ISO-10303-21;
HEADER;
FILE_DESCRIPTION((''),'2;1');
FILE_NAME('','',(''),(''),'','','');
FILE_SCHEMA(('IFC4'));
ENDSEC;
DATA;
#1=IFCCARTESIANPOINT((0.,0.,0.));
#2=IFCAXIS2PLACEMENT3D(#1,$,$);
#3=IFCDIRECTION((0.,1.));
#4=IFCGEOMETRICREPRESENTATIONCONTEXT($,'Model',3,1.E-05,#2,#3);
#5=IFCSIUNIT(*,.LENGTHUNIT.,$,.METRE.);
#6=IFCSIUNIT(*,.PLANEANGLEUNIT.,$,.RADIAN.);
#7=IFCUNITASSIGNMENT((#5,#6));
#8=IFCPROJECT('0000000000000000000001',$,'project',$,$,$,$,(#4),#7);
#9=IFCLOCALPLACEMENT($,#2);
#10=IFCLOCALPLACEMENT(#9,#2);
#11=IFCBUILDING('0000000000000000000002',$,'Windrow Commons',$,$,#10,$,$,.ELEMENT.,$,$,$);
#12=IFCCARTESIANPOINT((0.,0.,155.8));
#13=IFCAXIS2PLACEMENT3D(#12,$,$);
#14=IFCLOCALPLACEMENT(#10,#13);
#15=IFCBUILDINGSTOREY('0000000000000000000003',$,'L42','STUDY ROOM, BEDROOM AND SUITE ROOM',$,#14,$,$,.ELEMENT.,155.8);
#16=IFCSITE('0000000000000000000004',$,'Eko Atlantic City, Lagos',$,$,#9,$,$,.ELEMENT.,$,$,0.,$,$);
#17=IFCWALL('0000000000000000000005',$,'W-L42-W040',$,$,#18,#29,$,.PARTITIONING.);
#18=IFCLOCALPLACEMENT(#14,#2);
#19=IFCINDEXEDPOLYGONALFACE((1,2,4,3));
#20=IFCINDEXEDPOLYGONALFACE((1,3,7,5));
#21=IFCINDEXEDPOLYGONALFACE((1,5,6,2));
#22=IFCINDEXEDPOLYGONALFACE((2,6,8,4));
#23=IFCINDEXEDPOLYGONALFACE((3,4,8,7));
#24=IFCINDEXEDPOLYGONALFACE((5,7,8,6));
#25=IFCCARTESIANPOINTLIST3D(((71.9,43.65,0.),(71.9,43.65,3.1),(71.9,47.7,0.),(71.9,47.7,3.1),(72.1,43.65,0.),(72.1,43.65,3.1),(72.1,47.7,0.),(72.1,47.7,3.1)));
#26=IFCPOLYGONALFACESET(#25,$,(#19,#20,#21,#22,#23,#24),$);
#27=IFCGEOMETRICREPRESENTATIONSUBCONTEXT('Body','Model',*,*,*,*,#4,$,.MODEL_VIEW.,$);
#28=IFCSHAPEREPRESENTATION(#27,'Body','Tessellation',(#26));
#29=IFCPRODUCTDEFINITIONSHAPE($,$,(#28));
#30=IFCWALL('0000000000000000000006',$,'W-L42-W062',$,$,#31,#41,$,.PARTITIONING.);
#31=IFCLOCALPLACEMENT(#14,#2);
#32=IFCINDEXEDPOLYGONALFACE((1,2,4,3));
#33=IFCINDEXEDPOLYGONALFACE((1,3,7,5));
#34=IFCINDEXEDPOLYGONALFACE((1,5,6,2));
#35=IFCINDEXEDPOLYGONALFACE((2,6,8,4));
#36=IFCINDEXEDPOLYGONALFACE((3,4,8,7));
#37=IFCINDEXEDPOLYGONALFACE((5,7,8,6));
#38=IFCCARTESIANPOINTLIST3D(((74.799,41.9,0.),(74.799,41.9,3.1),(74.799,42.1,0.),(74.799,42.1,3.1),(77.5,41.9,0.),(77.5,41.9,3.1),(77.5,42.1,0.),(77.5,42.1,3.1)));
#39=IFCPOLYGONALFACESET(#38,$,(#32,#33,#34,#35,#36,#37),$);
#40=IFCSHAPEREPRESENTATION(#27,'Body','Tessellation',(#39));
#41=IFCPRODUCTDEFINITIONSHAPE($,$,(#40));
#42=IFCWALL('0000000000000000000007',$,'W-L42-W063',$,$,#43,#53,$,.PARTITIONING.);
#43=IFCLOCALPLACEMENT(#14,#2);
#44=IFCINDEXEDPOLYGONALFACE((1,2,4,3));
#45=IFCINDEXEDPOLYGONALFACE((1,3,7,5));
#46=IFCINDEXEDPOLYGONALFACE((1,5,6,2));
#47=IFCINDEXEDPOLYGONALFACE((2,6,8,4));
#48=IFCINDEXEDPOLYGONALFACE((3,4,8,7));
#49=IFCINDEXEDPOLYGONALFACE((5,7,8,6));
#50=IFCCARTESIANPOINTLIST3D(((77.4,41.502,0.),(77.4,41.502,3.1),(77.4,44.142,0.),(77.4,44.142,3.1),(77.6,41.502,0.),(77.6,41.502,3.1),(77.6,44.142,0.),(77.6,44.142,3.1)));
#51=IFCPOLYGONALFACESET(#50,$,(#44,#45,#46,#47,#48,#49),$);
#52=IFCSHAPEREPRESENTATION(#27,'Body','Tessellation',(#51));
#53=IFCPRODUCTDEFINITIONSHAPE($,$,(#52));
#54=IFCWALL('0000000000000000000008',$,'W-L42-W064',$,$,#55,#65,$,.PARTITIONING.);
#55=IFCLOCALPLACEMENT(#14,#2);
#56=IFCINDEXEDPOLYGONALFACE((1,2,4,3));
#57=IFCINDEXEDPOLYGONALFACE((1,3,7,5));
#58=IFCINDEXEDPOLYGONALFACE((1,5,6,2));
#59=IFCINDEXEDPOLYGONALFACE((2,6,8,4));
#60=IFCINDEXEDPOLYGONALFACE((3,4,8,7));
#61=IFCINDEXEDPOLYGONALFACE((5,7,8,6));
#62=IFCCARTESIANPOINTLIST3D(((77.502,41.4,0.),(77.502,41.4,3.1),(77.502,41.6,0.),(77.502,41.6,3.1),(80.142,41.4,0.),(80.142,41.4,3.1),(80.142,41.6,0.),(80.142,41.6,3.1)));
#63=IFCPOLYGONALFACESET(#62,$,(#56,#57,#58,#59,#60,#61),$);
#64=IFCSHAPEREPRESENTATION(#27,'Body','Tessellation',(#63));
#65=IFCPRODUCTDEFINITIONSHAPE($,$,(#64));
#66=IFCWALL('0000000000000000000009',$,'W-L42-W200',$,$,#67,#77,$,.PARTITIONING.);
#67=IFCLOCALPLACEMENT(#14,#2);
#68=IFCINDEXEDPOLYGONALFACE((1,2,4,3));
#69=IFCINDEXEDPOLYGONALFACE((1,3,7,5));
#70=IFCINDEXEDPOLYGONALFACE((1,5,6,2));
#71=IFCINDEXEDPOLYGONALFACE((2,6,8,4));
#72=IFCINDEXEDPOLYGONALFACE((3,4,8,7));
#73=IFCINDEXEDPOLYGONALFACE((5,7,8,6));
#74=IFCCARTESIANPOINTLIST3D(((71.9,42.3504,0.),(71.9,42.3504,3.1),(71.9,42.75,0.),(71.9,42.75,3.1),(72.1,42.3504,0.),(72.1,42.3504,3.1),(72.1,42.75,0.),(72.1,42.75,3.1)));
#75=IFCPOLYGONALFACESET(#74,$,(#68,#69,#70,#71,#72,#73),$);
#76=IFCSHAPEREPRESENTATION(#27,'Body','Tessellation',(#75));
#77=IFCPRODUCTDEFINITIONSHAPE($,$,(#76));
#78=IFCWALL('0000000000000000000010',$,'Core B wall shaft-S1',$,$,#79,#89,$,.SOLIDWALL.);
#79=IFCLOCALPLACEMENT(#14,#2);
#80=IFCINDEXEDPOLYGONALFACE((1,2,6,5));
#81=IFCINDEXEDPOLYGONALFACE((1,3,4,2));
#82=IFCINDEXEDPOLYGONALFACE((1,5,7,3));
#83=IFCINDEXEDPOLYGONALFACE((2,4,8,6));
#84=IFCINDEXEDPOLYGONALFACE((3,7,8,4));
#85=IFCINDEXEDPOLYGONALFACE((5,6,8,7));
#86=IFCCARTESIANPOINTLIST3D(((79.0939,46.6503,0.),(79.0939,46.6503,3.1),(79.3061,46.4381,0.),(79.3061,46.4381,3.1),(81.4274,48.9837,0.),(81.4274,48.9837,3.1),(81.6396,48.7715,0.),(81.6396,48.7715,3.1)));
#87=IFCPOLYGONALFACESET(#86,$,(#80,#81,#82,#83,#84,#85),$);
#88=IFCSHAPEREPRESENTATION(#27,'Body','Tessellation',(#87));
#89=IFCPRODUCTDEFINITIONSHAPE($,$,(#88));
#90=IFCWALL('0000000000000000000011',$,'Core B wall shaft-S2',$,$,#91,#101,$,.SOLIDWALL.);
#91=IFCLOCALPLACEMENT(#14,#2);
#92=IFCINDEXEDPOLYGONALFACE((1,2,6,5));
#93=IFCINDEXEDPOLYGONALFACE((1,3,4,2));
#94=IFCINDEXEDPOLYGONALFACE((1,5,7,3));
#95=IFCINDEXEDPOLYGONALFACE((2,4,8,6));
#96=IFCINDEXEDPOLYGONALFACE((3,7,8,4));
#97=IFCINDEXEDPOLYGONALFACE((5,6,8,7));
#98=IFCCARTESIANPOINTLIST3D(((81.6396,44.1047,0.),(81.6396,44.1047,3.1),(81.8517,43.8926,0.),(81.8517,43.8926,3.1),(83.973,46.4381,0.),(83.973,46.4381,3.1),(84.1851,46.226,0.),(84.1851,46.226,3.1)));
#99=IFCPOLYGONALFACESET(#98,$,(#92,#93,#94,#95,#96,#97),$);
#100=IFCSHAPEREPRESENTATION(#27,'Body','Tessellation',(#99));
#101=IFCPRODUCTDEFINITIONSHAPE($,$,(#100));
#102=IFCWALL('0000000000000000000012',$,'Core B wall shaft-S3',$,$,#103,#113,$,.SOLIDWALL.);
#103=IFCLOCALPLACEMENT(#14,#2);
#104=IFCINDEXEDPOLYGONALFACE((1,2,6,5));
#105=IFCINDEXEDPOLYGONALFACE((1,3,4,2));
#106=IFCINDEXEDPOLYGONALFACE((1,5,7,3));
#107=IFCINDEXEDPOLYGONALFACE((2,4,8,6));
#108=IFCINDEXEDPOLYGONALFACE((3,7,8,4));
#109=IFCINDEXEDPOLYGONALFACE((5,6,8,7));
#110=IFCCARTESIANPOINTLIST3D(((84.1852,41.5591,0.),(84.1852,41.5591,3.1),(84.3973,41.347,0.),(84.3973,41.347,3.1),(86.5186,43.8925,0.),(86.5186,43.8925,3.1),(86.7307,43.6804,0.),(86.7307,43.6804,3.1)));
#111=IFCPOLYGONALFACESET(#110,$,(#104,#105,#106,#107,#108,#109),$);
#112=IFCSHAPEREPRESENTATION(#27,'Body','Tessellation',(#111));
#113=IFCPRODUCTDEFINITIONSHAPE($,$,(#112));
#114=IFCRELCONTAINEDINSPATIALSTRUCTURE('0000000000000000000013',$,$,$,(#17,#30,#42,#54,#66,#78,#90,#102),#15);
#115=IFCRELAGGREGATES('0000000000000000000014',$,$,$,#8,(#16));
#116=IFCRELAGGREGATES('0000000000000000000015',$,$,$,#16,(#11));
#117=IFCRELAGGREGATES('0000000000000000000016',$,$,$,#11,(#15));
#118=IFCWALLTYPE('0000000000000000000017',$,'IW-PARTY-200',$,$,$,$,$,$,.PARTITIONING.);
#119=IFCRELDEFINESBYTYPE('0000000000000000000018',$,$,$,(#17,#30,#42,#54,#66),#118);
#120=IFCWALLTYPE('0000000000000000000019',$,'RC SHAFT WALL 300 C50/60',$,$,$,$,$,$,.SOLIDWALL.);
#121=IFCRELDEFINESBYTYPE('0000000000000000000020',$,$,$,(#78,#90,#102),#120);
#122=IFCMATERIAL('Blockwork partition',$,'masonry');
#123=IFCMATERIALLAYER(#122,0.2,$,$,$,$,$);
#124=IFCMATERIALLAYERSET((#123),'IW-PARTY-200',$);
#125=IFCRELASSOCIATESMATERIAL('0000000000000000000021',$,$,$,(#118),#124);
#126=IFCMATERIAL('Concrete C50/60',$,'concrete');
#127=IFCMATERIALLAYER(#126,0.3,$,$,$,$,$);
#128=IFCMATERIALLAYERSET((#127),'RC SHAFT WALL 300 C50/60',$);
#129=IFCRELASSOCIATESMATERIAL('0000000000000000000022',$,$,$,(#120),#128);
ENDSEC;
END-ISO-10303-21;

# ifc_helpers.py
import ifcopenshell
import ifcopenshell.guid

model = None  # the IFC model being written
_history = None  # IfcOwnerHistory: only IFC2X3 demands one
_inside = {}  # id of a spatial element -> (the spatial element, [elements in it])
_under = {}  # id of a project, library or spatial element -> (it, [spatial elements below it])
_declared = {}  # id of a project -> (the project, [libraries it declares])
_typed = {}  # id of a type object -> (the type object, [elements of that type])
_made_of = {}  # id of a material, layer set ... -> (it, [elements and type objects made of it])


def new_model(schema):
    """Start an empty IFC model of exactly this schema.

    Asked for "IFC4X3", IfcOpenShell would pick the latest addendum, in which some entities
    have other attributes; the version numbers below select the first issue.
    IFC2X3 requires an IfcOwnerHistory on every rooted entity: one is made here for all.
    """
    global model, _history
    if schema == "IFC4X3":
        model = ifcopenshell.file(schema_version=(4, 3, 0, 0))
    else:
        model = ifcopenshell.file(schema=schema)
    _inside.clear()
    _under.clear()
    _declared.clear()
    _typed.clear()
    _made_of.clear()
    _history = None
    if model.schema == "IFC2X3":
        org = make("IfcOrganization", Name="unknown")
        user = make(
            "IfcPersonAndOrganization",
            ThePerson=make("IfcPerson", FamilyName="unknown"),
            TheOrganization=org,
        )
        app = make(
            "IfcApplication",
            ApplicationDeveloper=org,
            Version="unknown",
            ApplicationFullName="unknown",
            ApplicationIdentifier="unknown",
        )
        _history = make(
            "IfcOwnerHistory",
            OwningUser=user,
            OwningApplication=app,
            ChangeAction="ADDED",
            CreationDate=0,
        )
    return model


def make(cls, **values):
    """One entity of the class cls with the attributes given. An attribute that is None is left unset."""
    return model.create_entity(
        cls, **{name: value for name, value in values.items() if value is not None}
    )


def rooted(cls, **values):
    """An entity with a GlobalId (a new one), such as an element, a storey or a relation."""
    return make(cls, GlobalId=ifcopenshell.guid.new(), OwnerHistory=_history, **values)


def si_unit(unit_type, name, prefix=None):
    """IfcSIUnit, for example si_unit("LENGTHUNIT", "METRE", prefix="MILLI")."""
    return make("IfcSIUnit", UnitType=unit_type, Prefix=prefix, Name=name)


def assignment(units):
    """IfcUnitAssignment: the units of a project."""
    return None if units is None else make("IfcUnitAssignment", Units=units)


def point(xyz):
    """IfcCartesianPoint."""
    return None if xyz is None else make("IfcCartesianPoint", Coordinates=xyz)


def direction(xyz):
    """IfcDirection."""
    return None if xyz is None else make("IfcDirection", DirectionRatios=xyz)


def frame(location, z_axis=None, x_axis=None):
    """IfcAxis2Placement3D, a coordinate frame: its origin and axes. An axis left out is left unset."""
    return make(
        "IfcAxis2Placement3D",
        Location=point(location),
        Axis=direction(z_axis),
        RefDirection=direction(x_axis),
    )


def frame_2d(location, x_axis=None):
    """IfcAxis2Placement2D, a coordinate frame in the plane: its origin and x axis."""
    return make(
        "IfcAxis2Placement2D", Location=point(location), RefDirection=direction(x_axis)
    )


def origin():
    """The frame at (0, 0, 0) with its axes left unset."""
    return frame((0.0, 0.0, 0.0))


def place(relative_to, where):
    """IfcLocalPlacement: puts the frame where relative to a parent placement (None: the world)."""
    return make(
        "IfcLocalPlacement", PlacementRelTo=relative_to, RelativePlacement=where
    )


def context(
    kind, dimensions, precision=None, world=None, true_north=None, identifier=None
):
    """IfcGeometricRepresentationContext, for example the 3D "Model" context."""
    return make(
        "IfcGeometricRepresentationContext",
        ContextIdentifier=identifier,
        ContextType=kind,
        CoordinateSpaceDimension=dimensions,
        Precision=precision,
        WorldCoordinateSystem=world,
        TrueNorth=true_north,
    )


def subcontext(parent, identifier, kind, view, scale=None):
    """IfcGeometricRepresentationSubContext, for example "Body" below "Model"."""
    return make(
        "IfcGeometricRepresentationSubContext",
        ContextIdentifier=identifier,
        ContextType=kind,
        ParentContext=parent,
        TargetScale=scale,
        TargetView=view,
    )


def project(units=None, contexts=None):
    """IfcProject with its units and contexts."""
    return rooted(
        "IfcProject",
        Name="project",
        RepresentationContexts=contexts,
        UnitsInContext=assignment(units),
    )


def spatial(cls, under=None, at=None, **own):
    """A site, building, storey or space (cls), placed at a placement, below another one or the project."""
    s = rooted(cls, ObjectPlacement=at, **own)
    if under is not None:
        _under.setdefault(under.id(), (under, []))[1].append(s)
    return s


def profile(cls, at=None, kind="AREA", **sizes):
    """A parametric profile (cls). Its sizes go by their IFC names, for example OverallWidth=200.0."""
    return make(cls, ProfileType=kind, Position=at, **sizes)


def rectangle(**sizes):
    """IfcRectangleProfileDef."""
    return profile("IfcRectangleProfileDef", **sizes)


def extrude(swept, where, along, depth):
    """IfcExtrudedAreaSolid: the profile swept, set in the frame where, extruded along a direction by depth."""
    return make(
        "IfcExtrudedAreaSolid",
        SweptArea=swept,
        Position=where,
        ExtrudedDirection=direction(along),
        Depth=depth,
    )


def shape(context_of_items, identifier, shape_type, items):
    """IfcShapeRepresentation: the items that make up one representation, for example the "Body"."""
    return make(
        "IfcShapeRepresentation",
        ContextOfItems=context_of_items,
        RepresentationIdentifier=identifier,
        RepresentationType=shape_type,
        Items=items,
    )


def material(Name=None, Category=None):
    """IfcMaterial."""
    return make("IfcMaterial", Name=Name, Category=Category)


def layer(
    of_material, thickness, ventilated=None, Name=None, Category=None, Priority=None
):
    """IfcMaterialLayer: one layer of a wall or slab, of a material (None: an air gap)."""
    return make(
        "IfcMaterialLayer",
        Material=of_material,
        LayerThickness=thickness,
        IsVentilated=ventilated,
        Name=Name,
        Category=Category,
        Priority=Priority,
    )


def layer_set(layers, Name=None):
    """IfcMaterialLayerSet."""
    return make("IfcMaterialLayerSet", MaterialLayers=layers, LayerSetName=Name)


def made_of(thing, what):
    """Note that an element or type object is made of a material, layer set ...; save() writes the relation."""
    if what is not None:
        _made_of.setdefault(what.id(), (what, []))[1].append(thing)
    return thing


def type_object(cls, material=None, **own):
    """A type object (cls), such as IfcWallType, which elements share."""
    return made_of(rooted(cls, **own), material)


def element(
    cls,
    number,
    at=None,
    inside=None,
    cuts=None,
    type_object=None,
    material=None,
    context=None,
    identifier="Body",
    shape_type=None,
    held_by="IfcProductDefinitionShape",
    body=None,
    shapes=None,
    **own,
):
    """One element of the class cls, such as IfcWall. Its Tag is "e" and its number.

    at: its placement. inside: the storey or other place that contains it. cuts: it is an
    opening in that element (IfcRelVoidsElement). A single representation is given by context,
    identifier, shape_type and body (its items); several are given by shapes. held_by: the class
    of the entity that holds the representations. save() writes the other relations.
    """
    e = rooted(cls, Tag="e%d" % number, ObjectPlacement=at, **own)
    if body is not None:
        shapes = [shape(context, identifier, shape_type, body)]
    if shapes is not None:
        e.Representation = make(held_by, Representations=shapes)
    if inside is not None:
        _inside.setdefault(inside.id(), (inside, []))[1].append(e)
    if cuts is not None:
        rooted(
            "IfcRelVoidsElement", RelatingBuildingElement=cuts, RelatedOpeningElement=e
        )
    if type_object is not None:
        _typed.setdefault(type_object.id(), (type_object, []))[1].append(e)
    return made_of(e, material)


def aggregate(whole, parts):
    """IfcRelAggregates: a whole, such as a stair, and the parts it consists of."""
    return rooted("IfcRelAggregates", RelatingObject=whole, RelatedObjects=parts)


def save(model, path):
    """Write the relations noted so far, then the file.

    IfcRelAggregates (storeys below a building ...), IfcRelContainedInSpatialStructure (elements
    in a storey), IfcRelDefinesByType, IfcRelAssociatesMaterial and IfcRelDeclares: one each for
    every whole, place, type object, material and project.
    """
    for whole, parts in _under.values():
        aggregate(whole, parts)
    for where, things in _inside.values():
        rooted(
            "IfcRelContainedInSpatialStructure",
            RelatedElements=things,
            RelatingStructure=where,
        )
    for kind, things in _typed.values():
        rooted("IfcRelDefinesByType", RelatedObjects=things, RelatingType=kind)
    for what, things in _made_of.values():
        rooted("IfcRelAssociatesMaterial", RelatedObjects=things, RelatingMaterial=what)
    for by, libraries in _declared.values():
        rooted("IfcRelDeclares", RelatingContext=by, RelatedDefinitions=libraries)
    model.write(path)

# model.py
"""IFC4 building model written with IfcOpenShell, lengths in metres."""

from ifc_helpers import new_model, si_unit, direction, frame, frame_2d, origin, place, context, subcontext, project, spatial, rectangle, extrude, material, layer, layer_set, type_object, element, save


model = new_model("IFC4")

# Units and contexts
model_context = context("Model", 3, precision=1e-05, world=origin(), true_north=direction((0.0, 1.0)))
body_context = subcontext(model_context, "Body", "Model", "MODEL_VIEW")
ifc_project = project(units=[si_unit("LENGTHUNIT", "METRE"), si_unit("PLANEANGLEUNIT", "RADIAN")], contexts=[model_context])

# Site, building, storey
site_placement = place(None, origin())
site = spatial("IfcSite", under=ifc_project, at=site_placement, Name="Eko Atlantic City, Lagos", CompositionType="ELEMENT", RefElevation=0.0)
building_placement = place(site_placement, origin())
building = spatial("IfcBuilding", under=site, at=building_placement, Name="Windrow Commons", CompositionType="ELEMENT")
storey_placement = place(building_placement, frame((0.0, 0.0, 155.8)))
storey = spatial("IfcBuildingStorey", under=building, at=storey_placement, Name="L42", Description="STUDY ROOM, BEDROOM AND SUITE ROOM", CompositionType="ELEMENT", Elevation=155.8)

# Walls
ifc_material_1 = material(Name="Blockwork partition", Category="masonry")
ifc_layer_1 = layer(ifc_material_1, 0.2)
ifc_layer_set_1 = layer_set([ifc_layer_1], Name="IW-PARTY-200")
wall_type_1 = type_object("IfcWallType", Name="IW-PARTY-200", PredefinedType="PARTITIONING", material=ifc_layer_set_1)
wall_1_placement = place(storey_placement, frame((72.0, 43.65, 0.0), z_axis=(0.0, 0.0, 1.0), x_axis=(0.0, 1.0, 0.0)))
element("IfcWall", 1, at=wall_1_placement, inside=storey, type_object=wall_type_1, Name="W-L42-W040", PredefinedType="PARTITIONING", context=body_context, shape_type="SweptSolid", body=[
    extrude(rectangle(XDim=4.05, YDim=0.2, at=frame_2d((2.025, 0.0))), origin(), (0.0, 0.0, 1.0), 3.1),
])
wall_2_placement = place(storey_placement, frame((74.799, 42.0, 0.0), z_axis=(0.0, 0.0, 1.0), x_axis=(1.0, 0.0, 0.0)))
element("IfcWall", 2, at=wall_2_placement, inside=storey, type_object=wall_type_1, Name="W-L42-W062", PredefinedType="PARTITIONING", context=body_context, shape_type="SweptSolid", body=[
    extrude(rectangle(XDim=2.701, YDim=0.2, at=frame_2d((1.3505, 0.0))), origin(), (0.0, 0.0, 1.0), 3.1),
])
for number, where, z_axis, x_axis, name in (
    (3, (77.5, 41.502, 0.0), (0.0, 0.0, 1.0), (0.0, 1.0, 0.0), "W-L42-W063"),
    (4, (77.502, 41.5, 0.0), (0.0, 0.0, 1.0), (1.0, 0.0, 0.0), "W-L42-W064"),
):
    element("IfcWall", number, at=place(storey_placement, frame(where, z_axis=z_axis, x_axis=x_axis)), inside=storey, type_object=wall_type_1, Name=name, PredefinedType="PARTITIONING", context=body_context, shape_type="SweptSolid", body=[
        extrude(rectangle(XDim=2.64, YDim=0.2, at=frame_2d((1.32, 0.0))), origin(), (0.0, 0.0, 1.0), 3.1),
    ])
wall_3_placement = place(storey_placement, frame((72.0, 42.3504, 0.0), z_axis=(0.0, 0.0, 1.0), x_axis=(0.0, 1.0, 0.0)))
element("IfcWall", 5, at=wall_3_placement, inside=storey, type_object=wall_type_1, Name="W-L42-W200", PredefinedType="PARTITIONING", context=body_context, shape_type="SweptSolid", body=[
    extrude(rectangle(XDim=0.3996, YDim=0.2, at=frame_2d((0.1998, 0.0))), origin(), (0.0, 0.0, 1.0), 3.1),
])
ifc_material_2 = material(Name="Concrete C50/60", Category="concrete")
ifc_layer_2 = layer(ifc_material_2, 0.3)
ifc_layer_set_2 = layer_set([ifc_layer_2], Name="RC SHAFT WALL 300 C50/60")
wall_type_2 = type_object("IfcWallType", Name="RC SHAFT WALL 300 C50/60", PredefinedType="SOLIDWALL", material=ifc_layer_set_2)
wall_4_placement = place(storey_placement, frame((79.2, 46.5442, 0.0), z_axis=(0.0, 0.0, 1.0), x_axis=(0.707122, 0.707092, 0.0)))
element("IfcWall", 6, at=wall_4_placement, inside=storey, type_object=wall_type_2, Name="Core B wall shaft-S1", PredefinedType="SOLIDWALL", context=body_context, shape_type="SweptSolid", body=[
    extrude(rectangle(XDim=3.3, YDim=0.3, at=frame_2d((1.65, 0.0))), origin(), (0.0, 0.0, 1.0), 3.1),
])
for number, where, z_axis, x_axis, name in (
    (7, (81.7456, 43.9986, 0.0), (0.0, 0.0, 1.0), (0.707107, 0.707107, 0.0), "Core B wall shaft-S2"),
    (8, (84.2912, 41.453, 0.0), (0.0, 0.0, 1.0), (0.707107, 0.707107, 0.0), "Core B wall shaft-S3"),
):
    element("IfcWall", number, at=place(storey_placement, frame(where, z_axis=z_axis, x_axis=x_axis)), inside=storey, type_object=wall_type_2, Name=name, PredefinedType="SOLIDWALL", context=body_context, shape_type="SweptSolid", body=[
        extrude(rectangle(XDim=3.2999, YDim=0.3, at=frame_2d((1.65, 0.0))), origin(), (0.0, 0.0, 1.0), 3.1),
    ])

save(model, "model.ifc")
